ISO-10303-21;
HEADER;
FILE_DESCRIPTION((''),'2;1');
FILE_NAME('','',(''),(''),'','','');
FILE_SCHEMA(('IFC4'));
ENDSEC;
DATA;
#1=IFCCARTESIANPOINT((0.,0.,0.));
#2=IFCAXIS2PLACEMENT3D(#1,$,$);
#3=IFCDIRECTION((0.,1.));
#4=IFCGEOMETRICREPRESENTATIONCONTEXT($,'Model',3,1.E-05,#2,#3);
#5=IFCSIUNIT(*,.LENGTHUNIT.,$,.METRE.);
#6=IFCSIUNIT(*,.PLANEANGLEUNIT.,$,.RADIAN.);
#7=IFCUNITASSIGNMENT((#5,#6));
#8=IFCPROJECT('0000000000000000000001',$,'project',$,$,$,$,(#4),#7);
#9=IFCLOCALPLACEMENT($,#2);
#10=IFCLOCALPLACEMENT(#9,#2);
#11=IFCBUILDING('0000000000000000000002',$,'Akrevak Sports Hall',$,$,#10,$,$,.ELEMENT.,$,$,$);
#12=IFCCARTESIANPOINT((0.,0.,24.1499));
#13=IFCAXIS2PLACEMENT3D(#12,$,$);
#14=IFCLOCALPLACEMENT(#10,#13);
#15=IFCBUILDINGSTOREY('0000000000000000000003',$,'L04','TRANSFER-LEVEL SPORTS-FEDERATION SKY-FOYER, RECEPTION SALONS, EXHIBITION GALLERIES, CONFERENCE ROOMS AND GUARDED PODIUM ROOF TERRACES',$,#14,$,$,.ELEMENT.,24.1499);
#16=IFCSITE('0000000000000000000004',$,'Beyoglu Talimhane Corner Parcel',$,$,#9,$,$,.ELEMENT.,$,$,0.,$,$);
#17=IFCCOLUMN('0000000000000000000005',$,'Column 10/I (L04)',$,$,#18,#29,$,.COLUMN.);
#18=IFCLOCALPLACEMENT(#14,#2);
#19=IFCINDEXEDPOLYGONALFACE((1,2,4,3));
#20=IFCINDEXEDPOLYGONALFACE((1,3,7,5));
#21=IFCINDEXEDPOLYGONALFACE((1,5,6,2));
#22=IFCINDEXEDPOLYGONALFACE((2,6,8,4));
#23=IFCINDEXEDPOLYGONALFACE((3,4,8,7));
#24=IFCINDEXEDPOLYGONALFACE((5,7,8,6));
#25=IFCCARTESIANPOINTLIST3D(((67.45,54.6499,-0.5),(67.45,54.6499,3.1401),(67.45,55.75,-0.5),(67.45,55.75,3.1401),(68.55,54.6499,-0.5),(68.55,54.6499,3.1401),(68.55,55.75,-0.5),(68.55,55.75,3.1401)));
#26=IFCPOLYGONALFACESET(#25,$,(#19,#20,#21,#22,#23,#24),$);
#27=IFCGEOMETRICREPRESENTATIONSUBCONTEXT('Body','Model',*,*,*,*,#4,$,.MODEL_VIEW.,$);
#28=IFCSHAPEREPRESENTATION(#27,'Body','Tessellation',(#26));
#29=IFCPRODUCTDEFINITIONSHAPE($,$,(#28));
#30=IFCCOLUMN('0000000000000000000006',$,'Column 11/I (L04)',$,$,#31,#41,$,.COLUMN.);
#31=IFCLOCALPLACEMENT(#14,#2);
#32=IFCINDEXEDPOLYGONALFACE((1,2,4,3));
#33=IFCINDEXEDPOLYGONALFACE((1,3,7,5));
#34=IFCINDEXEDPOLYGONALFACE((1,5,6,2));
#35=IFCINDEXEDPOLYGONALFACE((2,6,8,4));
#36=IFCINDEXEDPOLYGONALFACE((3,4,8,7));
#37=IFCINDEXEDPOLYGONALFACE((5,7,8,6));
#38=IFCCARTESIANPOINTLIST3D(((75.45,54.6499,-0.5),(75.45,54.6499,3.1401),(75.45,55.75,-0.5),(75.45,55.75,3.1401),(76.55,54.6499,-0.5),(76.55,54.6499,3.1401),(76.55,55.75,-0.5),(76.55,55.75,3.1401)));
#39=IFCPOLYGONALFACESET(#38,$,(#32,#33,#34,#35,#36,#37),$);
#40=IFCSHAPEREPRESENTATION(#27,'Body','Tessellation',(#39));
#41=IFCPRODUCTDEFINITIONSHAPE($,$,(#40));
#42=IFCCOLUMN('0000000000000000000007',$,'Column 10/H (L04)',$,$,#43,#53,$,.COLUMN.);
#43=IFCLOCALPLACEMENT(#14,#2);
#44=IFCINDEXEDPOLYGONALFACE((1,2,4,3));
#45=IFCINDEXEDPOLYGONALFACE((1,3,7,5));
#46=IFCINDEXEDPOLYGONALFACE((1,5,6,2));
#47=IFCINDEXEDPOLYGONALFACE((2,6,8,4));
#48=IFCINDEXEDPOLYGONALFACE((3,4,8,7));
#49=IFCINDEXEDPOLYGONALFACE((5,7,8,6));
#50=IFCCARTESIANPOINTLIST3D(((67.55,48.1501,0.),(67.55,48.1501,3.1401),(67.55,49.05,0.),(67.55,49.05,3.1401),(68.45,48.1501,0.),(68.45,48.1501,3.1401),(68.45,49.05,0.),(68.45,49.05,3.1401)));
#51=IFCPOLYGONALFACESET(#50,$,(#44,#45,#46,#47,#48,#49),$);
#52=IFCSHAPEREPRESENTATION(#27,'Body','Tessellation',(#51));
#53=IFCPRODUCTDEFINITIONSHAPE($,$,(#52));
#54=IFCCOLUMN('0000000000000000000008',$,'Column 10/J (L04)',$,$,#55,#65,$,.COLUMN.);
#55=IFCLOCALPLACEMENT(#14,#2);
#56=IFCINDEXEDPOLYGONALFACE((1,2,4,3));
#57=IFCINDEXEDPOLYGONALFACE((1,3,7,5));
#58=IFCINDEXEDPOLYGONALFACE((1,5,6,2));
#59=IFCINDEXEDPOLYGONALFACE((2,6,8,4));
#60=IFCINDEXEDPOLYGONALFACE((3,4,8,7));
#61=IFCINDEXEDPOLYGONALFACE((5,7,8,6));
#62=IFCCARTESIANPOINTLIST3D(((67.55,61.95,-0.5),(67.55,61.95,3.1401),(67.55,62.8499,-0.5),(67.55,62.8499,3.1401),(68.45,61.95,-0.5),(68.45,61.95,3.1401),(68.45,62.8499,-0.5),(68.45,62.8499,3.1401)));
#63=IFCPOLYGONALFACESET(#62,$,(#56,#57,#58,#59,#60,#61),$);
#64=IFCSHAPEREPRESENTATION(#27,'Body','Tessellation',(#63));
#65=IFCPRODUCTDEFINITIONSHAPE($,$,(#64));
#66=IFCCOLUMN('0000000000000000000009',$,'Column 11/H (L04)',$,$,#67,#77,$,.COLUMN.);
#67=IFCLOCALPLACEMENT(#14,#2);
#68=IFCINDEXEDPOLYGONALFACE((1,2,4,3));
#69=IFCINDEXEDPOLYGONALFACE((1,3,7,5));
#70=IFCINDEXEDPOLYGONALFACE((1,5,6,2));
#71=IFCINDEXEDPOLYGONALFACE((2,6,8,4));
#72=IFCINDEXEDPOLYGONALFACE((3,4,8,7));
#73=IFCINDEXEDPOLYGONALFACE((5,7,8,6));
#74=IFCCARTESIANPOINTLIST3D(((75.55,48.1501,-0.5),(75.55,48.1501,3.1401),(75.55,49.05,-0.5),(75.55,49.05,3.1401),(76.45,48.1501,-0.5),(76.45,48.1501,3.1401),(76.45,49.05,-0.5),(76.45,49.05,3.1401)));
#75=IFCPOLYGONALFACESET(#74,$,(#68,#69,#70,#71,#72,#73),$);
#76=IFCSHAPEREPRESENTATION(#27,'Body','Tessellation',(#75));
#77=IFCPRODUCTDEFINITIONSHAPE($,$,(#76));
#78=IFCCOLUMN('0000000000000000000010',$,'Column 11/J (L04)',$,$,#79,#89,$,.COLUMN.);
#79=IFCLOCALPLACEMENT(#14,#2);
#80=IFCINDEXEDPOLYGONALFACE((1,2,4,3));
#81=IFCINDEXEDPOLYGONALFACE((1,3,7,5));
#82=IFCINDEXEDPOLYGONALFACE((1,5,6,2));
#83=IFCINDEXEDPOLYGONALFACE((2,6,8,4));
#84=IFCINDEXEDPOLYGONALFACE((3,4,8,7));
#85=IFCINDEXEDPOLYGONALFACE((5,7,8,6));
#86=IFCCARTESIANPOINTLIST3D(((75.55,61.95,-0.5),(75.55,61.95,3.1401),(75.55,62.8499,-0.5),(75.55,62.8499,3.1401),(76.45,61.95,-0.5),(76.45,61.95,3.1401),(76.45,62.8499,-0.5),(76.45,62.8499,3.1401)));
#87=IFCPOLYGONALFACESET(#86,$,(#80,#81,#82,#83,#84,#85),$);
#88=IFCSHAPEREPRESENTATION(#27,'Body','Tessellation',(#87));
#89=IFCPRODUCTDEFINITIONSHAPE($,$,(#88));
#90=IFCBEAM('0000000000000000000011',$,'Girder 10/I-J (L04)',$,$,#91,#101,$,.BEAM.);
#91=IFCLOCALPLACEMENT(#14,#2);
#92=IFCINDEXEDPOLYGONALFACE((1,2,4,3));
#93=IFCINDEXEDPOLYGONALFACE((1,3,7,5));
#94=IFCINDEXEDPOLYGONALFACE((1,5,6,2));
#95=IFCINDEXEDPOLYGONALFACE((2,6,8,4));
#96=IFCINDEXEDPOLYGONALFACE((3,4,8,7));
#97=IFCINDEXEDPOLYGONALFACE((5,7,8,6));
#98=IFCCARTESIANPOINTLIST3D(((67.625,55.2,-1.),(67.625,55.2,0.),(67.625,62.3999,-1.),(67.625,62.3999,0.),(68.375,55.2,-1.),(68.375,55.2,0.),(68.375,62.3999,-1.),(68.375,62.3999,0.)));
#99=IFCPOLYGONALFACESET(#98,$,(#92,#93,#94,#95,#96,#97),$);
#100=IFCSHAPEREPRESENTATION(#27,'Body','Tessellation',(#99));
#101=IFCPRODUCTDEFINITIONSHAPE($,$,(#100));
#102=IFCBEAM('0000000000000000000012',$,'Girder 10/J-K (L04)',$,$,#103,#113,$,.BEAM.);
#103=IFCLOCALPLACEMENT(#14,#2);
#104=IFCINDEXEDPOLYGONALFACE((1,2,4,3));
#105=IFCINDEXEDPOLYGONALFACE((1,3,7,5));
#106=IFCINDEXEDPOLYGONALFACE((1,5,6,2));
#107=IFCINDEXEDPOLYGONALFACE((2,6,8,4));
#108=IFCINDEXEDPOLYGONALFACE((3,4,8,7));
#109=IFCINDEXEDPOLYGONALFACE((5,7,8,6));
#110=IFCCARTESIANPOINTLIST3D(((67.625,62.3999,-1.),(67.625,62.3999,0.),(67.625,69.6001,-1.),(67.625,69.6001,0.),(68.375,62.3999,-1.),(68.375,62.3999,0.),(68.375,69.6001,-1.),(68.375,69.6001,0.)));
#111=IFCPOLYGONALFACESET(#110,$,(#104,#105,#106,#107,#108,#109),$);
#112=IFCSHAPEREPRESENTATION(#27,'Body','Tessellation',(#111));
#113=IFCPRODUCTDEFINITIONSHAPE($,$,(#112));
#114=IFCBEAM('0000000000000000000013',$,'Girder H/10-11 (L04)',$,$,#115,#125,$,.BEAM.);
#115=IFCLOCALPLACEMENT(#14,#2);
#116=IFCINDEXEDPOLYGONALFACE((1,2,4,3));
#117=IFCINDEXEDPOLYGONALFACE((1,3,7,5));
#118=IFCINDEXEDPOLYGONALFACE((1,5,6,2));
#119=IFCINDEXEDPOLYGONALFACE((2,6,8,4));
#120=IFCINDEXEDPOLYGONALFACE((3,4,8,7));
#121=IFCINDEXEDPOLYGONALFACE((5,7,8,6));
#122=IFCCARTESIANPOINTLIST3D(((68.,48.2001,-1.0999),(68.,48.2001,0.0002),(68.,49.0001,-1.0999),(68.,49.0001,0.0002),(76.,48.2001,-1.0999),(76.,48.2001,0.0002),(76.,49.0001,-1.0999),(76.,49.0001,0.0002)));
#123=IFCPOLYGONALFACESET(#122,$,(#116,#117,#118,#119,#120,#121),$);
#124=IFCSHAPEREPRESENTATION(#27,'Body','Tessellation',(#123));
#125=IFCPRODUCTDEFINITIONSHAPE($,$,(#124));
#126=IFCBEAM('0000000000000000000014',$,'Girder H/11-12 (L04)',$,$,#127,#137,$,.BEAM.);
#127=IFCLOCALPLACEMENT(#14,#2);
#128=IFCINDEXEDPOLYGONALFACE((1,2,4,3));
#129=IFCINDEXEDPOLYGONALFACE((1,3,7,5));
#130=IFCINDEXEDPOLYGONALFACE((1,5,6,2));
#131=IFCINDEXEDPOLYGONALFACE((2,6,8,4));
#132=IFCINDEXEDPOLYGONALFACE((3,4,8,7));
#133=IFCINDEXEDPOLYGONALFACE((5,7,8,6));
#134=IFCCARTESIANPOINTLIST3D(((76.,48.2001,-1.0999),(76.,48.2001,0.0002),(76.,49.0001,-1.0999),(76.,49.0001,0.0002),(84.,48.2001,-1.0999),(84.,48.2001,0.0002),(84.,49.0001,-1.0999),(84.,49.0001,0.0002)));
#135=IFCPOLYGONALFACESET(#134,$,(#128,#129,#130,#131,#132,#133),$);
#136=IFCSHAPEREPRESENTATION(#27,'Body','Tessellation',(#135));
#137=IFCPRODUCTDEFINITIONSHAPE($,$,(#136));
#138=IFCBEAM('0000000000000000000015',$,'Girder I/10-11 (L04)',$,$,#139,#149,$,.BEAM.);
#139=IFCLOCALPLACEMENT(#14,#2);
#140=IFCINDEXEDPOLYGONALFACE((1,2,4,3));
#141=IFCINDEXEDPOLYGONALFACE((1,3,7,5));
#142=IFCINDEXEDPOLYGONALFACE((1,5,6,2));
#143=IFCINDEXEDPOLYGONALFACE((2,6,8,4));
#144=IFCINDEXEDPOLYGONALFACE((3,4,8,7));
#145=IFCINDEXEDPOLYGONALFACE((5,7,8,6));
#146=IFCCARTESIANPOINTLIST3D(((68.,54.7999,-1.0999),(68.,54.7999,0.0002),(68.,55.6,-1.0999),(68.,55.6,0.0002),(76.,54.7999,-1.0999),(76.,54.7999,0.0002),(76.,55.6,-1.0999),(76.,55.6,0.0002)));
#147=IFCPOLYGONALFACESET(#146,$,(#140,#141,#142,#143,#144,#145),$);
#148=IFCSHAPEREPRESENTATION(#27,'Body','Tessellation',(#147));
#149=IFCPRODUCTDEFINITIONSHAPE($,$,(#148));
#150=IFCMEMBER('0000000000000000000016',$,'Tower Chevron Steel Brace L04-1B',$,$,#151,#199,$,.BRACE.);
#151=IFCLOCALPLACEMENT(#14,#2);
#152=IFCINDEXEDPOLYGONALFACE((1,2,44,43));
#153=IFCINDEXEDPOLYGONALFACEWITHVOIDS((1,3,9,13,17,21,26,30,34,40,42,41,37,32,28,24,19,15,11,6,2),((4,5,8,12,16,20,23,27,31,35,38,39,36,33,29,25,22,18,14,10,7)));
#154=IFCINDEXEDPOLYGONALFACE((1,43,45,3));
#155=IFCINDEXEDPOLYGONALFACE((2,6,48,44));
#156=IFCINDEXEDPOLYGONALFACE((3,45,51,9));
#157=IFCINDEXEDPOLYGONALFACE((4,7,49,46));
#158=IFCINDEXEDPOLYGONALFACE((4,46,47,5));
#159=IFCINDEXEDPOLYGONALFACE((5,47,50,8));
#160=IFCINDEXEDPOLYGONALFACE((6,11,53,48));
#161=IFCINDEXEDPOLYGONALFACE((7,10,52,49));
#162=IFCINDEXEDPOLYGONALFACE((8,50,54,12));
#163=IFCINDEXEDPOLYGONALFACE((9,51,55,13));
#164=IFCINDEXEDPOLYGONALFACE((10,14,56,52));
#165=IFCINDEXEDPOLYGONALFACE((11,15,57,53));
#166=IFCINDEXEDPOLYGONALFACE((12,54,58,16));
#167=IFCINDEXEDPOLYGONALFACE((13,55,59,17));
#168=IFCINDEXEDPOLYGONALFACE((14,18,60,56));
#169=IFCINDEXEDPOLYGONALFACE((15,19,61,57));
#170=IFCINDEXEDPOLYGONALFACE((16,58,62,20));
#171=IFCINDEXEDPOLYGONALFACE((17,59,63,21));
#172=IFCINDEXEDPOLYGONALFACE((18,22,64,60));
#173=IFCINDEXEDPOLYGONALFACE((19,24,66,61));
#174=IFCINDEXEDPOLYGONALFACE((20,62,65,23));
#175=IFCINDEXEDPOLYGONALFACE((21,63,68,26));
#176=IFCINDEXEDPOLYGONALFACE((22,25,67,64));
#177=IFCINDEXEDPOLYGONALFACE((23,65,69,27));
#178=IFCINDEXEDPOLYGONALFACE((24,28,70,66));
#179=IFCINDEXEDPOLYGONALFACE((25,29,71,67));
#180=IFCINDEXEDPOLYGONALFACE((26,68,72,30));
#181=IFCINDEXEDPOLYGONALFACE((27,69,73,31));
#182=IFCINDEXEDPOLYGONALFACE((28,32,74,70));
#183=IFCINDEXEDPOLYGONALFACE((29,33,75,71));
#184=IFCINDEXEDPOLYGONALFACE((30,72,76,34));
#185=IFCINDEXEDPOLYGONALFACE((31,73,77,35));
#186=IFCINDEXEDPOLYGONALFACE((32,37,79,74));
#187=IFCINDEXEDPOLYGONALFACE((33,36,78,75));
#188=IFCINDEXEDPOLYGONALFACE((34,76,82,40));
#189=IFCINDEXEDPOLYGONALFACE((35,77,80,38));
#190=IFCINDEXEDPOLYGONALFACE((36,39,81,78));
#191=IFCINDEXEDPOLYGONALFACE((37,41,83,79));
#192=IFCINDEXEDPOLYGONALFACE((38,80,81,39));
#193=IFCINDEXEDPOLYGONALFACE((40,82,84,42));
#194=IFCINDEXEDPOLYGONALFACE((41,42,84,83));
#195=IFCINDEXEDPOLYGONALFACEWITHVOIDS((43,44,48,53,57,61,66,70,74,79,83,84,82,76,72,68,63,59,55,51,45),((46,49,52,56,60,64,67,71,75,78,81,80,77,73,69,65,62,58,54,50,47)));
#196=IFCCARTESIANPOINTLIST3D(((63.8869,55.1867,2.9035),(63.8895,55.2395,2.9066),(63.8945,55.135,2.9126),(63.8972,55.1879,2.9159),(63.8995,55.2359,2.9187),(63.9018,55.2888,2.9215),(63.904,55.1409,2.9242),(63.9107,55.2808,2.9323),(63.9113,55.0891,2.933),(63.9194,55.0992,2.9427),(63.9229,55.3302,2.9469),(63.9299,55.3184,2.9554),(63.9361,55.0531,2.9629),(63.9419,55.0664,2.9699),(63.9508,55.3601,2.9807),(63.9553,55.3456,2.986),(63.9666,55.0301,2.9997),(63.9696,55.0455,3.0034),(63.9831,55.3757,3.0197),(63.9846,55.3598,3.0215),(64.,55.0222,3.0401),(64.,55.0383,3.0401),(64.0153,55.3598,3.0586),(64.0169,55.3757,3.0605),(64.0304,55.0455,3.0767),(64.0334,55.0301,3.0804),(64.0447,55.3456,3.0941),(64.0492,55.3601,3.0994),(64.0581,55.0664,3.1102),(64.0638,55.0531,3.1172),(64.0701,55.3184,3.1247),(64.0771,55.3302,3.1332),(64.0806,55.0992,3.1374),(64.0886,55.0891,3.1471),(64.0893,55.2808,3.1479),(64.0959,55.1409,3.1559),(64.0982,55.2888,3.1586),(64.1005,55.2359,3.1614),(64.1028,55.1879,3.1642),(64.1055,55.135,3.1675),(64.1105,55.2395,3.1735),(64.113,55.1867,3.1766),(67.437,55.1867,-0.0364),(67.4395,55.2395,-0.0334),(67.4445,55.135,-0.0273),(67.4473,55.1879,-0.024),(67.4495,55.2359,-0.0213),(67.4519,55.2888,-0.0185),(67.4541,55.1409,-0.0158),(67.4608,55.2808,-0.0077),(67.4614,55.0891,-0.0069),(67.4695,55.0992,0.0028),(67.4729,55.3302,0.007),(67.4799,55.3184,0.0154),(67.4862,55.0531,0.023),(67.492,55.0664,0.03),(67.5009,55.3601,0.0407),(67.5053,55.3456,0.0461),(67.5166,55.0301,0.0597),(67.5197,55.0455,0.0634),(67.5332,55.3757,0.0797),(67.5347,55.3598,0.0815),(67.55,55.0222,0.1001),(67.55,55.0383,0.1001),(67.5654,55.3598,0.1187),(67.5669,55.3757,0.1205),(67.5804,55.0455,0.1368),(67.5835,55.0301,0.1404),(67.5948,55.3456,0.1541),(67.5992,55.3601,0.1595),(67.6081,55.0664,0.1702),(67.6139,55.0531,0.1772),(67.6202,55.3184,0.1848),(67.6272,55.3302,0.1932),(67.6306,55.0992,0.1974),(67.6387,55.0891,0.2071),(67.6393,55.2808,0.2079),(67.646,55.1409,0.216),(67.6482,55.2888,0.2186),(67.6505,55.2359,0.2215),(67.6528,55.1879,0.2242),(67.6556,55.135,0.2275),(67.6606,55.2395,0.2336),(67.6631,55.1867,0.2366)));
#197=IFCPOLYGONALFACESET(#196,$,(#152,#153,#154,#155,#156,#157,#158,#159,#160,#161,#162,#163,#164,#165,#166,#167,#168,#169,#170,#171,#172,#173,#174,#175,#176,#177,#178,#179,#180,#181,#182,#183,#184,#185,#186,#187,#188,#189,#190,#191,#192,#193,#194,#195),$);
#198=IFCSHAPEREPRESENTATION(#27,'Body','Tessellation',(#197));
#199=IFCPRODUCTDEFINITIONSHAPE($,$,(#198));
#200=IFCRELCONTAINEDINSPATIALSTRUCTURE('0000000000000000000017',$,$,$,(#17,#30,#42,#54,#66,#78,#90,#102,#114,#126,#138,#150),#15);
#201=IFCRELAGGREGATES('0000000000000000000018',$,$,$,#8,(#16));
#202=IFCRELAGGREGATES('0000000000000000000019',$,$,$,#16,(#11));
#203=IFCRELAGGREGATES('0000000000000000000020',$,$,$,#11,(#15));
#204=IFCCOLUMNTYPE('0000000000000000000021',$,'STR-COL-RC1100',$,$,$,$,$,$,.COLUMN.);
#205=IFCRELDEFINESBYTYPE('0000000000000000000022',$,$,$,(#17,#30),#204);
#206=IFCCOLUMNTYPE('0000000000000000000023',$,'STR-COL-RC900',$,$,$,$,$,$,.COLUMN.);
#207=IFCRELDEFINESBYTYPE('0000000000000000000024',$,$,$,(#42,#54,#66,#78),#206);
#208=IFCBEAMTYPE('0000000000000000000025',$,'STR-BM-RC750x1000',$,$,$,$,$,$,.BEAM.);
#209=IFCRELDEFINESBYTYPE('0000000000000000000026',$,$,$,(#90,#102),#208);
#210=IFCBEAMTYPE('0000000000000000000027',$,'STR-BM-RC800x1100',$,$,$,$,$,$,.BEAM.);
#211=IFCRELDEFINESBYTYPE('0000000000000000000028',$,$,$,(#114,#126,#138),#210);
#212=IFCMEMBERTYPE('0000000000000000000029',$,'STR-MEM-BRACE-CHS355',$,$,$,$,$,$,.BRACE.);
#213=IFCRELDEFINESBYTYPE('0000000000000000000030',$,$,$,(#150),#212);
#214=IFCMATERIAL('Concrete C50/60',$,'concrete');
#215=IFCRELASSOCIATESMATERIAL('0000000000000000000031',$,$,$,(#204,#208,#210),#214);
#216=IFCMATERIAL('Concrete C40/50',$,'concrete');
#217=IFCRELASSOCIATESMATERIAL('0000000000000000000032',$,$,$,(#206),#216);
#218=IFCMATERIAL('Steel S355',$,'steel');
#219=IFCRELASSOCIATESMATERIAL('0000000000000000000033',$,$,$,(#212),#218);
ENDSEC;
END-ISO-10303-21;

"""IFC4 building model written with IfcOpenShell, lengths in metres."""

from ifc_helpers import new_model, si_unit, direction, frame, origin, origin_2d, place, context, subcontext, project, spatial, rectangle, hollow_circle, extrude, material, material_profile, profile_set, type_object, element, save


model = new_model("IFC4")

# Units and contexts
model_context = context("Model", 3, precision=1e-05, world=origin(), true_north=direction((0.0, 1.0)))
body_context = subcontext(model_context, "Body", "Model", "MODEL_VIEW")
ifc_project = project(units=[si_unit("LENGTHUNIT", "METRE"), si_unit("PLANEANGLEUNIT", "RADIAN")], contexts=[model_context])

# Site, building, storey
site_placement = place(None, origin())
site = spatial("IfcSite", under=ifc_project, at=site_placement, Name="Beyoglu Talimhane Corner Parcel", CompositionType="ELEMENT", RefElevation=0.0)
building_placement = place(site_placement, origin())
building = spatial("IfcBuilding", under=site, at=building_placement, Name="Akrevak Sports Hall", CompositionType="ELEMENT")
storey_placement = place(building_placement, frame((0.0, 0.0, 24.1499)))
storey = spatial("IfcBuildingStorey", under=building, at=storey_placement, Name="L04", Description="TRANSFER-LEVEL SPORTS-FEDERATION SKY-FOYER, RECEPTION SALONS, EXHIBITION GALLERIES, CONFERENCE ROOMS AND GUARDED PODIUM ROOF TERRACES", CompositionType="ELEMENT", Elevation=24.1499)

# Columns
ifc_material_1 = material(Name="Concrete C50/60", Category="concrete")
ifc_material_profile_1 = material_profile(ifc_material_1, rectangle(XDim=1.1001, YDim=1.1001, at=origin_2d()), Name="RC 1100x1100", Category="concrete")
ifc_profile_set_1 = profile_set([ifc_material_profile_1], Name="Concrete C50/60")
column_type_1 = type_object("IfcColumnType", Name="STR-COL-RC1100", PredefinedType="COLUMN", material=ifc_profile_set_1)
for number, where, z_axis, x_axis, name in (
    (1, (68.0, 55.2, -0.5), (0.0, 0.0, 1.0), (1.0, 0.0, 0.0), "Column 10/I (L04)"),
    (2, (76.0, 55.2, -0.5), (0.0, 0.0, 1.0), (1.0, 0.0, 0.0), "Column 11/I (L04)"),
):
    element("IfcColumn", number, at=place(storey_placement, frame(where, z_axis=z_axis, x_axis=x_axis)), inside=storey, type_object=column_type_1, Name=name, PredefinedType="COLUMN", context=body_context, shape_type="SweptSolid", body=[
        extrude(rectangle(XDim=1.1001, YDim=1.1001, at=origin_2d()), origin(), (0.0, 0.0, 1.0), 3.6401),
    ])
ifc_material_2 = material(Name="Concrete C40/50", Category="concrete")
ifc_material_profile_2 = material_profile(ifc_material_2, rectangle(XDim=0.8999, YDim=0.8999, at=origin_2d()), Name="RC 900x900", Category="concrete")
ifc_profile_set_2 = profile_set([ifc_material_profile_2], Name="Concrete C40/50")
column_type_2 = type_object("IfcColumnType", Name="STR-COL-RC900", PredefinedType="COLUMN", material=ifc_profile_set_2)
column_placement = place(storey_placement, frame((68.0, 48.6001, 0.0), z_axis=(0.0, 0.0, 1.0), x_axis=(1.0, 0.0, 0.0)))
element("IfcColumn", 3, at=column_placement, inside=storey, type_object=column_type_2, Name="Column 10/H (L04)", PredefinedType="COLUMN", context=body_context, shape_type="SweptSolid", body=[
    extrude(rectangle(XDim=0.8999, YDim=0.8999, at=origin_2d()), origin(), (0.0, 0.0, 1.0), 3.1401),
])
for number, where, z_axis, x_axis, name in (
    (4, (68.0, 62.3999, -0.5), (0.0, 0.0, 1.0), (1.0, 0.0, 0.0), "Column 10/J (L04)"),
    (5, (76.0, 48.6001, -0.5), (0.0, 0.0, 1.0), (1.0, 0.0, 0.0), "Column 11/H (L04)"),
    (6, (76.0, 62.3999, -0.5), (0.0, 0.0, 1.0), (1.0, 0.0, 0.0), "Column 11/J (L04)"),
):
    element("IfcColumn", number, at=place(storey_placement, frame(where, z_axis=z_axis, x_axis=x_axis)), inside=storey, type_object=column_type_2, Name=name, PredefinedType="COLUMN", context=body_context, shape_type="SweptSolid", body=[
        extrude(rectangle(XDim=0.8999, YDim=0.8999, at=origin_2d()), origin(), (0.0, 0.0, 1.0), 3.6401),
    ])

# Beams
ifc_material_profile_3 = material_profile(ifc_material_1, rectangle(XDim=0.75, YDim=1.0, at=origin_2d()), Name="BM 750x1000", Category="concrete")
ifc_profile_set_3 = profile_set([ifc_material_profile_3], Name="Concrete C50/60")
beam_type_1 = type_object("IfcBeamType", Name="STR-BM-RC750x1000", PredefinedType="BEAM", material=ifc_profile_set_3)
beam_1_placement = place(storey_placement, frame((68.0, 55.2, -0.5), z_axis=(0.0, 1.0, 0.0), x_axis=(-1.0, 0.0, 0.0)))
element("IfcBeam", 7, at=beam_1_placement, inside=storey, type_object=beam_type_1, Name="Girder 10/I-J (L04)", PredefinedType="BEAM", context=body_context, shape_type="SweptSolid", body=[
    extrude(rectangle(XDim=0.75, YDim=1.0, at=origin_2d()), origin(), (0.0, 0.0, 1.0), 7.2),
])
beam_2_placement = place(storey_placement, frame((68.0, 62.3999, -0.5), z_axis=(0.0, 1.0, 0.0), x_axis=(-1.0, 0.0, 0.0)))
element("IfcBeam", 8, at=beam_2_placement, inside=storey, type_object=beam_type_1, Name="Girder 10/J-K (L04)", PredefinedType="BEAM", context=body_context, shape_type="SweptSolid", body=[
    extrude(rectangle(XDim=0.75, YDim=1.0, at=origin_2d()), origin(), (0.0, 0.0, 1.0), 7.2002),
])
ifc_material_profile_4 = material_profile(ifc_material_1, rectangle(XDim=0.8, YDim=1.1001, at=origin_2d()), Name="BM 800x1100", Category="concrete")
ifc_profile_set_4 = profile_set([ifc_material_profile_4], Name="Concrete C50/60")
beam_type_2 = type_object("IfcBeamType", Name="STR-BM-RC800x1100", PredefinedType="BEAM", material=ifc_profile_set_4)
for number, where, z_axis, x_axis, name in (
    (9, (68.0, 48.6001, -0.5498), (1.0, 0.0, 0.0), (0.0, 1.0, 0.0), "Girder H/10-11 (L04)"),
    (10, (76.0, 48.6001, -0.5498), (1.0, 0.0, 0.0), (0.0, 1.0, 0.0), "Girder H/11-12 (L04)"),
    (11, (68.0, 55.2, -0.5498), (1.0, 0.0, 0.0), (0.0, 1.0, 0.0), "Girder I/10-11 (L04)"),
):
    element("IfcBeam", number, at=place(storey_placement, frame(where, z_axis=z_axis, x_axis=x_axis)), inside=storey, type_object=beam_type_2, Name=name, PredefinedType="BEAM", context=body_context, shape_type="SweptSolid", body=[
        extrude(rectangle(XDim=0.8, YDim=1.1001, at=origin_2d()), origin(), (0.0, 0.0, 1.0), 8.0),
    ])

# Member
ifc_material_3 = material(Name="Steel S355", Category="steel")
ifc_material_profile_5 = material_profile(ifc_material_3, hollow_circle(Radius=0.1777, WallThickness=0.0161, at=origin_2d()), Name="CHS 355.6x16", Category="steel")
ifc_profile_set_5 = profile_set([ifc_material_profile_5], Name="Steel S355")
member_type = type_object("IfcMemberType", Name="STR-MEM-BRACE-CHS355", PredefinedType="BRACE", material=ifc_profile_set_5)
member_placement = place(storey_placement, frame((67.55, 55.2, 0.1001), z_axis=(-0.770184, 0.0, 0.637821), x_axis=(0.0, -1.0, 0.0)))
element("IfcMember", 12, at=member_placement, inside=storey, type_object=member_type, Name="Tower Chevron Steel Brace L04-1B", PredefinedType="BRACE", context=body_context, shape_type="SweptSolid", body=[
    extrude(hollow_circle(Radius=0.1777, WallThickness=0.0161, at=origin_2d()), origin(), (0.0, 0.0, 1.0), 4.6094),
])

save(model, "model.ifc")
